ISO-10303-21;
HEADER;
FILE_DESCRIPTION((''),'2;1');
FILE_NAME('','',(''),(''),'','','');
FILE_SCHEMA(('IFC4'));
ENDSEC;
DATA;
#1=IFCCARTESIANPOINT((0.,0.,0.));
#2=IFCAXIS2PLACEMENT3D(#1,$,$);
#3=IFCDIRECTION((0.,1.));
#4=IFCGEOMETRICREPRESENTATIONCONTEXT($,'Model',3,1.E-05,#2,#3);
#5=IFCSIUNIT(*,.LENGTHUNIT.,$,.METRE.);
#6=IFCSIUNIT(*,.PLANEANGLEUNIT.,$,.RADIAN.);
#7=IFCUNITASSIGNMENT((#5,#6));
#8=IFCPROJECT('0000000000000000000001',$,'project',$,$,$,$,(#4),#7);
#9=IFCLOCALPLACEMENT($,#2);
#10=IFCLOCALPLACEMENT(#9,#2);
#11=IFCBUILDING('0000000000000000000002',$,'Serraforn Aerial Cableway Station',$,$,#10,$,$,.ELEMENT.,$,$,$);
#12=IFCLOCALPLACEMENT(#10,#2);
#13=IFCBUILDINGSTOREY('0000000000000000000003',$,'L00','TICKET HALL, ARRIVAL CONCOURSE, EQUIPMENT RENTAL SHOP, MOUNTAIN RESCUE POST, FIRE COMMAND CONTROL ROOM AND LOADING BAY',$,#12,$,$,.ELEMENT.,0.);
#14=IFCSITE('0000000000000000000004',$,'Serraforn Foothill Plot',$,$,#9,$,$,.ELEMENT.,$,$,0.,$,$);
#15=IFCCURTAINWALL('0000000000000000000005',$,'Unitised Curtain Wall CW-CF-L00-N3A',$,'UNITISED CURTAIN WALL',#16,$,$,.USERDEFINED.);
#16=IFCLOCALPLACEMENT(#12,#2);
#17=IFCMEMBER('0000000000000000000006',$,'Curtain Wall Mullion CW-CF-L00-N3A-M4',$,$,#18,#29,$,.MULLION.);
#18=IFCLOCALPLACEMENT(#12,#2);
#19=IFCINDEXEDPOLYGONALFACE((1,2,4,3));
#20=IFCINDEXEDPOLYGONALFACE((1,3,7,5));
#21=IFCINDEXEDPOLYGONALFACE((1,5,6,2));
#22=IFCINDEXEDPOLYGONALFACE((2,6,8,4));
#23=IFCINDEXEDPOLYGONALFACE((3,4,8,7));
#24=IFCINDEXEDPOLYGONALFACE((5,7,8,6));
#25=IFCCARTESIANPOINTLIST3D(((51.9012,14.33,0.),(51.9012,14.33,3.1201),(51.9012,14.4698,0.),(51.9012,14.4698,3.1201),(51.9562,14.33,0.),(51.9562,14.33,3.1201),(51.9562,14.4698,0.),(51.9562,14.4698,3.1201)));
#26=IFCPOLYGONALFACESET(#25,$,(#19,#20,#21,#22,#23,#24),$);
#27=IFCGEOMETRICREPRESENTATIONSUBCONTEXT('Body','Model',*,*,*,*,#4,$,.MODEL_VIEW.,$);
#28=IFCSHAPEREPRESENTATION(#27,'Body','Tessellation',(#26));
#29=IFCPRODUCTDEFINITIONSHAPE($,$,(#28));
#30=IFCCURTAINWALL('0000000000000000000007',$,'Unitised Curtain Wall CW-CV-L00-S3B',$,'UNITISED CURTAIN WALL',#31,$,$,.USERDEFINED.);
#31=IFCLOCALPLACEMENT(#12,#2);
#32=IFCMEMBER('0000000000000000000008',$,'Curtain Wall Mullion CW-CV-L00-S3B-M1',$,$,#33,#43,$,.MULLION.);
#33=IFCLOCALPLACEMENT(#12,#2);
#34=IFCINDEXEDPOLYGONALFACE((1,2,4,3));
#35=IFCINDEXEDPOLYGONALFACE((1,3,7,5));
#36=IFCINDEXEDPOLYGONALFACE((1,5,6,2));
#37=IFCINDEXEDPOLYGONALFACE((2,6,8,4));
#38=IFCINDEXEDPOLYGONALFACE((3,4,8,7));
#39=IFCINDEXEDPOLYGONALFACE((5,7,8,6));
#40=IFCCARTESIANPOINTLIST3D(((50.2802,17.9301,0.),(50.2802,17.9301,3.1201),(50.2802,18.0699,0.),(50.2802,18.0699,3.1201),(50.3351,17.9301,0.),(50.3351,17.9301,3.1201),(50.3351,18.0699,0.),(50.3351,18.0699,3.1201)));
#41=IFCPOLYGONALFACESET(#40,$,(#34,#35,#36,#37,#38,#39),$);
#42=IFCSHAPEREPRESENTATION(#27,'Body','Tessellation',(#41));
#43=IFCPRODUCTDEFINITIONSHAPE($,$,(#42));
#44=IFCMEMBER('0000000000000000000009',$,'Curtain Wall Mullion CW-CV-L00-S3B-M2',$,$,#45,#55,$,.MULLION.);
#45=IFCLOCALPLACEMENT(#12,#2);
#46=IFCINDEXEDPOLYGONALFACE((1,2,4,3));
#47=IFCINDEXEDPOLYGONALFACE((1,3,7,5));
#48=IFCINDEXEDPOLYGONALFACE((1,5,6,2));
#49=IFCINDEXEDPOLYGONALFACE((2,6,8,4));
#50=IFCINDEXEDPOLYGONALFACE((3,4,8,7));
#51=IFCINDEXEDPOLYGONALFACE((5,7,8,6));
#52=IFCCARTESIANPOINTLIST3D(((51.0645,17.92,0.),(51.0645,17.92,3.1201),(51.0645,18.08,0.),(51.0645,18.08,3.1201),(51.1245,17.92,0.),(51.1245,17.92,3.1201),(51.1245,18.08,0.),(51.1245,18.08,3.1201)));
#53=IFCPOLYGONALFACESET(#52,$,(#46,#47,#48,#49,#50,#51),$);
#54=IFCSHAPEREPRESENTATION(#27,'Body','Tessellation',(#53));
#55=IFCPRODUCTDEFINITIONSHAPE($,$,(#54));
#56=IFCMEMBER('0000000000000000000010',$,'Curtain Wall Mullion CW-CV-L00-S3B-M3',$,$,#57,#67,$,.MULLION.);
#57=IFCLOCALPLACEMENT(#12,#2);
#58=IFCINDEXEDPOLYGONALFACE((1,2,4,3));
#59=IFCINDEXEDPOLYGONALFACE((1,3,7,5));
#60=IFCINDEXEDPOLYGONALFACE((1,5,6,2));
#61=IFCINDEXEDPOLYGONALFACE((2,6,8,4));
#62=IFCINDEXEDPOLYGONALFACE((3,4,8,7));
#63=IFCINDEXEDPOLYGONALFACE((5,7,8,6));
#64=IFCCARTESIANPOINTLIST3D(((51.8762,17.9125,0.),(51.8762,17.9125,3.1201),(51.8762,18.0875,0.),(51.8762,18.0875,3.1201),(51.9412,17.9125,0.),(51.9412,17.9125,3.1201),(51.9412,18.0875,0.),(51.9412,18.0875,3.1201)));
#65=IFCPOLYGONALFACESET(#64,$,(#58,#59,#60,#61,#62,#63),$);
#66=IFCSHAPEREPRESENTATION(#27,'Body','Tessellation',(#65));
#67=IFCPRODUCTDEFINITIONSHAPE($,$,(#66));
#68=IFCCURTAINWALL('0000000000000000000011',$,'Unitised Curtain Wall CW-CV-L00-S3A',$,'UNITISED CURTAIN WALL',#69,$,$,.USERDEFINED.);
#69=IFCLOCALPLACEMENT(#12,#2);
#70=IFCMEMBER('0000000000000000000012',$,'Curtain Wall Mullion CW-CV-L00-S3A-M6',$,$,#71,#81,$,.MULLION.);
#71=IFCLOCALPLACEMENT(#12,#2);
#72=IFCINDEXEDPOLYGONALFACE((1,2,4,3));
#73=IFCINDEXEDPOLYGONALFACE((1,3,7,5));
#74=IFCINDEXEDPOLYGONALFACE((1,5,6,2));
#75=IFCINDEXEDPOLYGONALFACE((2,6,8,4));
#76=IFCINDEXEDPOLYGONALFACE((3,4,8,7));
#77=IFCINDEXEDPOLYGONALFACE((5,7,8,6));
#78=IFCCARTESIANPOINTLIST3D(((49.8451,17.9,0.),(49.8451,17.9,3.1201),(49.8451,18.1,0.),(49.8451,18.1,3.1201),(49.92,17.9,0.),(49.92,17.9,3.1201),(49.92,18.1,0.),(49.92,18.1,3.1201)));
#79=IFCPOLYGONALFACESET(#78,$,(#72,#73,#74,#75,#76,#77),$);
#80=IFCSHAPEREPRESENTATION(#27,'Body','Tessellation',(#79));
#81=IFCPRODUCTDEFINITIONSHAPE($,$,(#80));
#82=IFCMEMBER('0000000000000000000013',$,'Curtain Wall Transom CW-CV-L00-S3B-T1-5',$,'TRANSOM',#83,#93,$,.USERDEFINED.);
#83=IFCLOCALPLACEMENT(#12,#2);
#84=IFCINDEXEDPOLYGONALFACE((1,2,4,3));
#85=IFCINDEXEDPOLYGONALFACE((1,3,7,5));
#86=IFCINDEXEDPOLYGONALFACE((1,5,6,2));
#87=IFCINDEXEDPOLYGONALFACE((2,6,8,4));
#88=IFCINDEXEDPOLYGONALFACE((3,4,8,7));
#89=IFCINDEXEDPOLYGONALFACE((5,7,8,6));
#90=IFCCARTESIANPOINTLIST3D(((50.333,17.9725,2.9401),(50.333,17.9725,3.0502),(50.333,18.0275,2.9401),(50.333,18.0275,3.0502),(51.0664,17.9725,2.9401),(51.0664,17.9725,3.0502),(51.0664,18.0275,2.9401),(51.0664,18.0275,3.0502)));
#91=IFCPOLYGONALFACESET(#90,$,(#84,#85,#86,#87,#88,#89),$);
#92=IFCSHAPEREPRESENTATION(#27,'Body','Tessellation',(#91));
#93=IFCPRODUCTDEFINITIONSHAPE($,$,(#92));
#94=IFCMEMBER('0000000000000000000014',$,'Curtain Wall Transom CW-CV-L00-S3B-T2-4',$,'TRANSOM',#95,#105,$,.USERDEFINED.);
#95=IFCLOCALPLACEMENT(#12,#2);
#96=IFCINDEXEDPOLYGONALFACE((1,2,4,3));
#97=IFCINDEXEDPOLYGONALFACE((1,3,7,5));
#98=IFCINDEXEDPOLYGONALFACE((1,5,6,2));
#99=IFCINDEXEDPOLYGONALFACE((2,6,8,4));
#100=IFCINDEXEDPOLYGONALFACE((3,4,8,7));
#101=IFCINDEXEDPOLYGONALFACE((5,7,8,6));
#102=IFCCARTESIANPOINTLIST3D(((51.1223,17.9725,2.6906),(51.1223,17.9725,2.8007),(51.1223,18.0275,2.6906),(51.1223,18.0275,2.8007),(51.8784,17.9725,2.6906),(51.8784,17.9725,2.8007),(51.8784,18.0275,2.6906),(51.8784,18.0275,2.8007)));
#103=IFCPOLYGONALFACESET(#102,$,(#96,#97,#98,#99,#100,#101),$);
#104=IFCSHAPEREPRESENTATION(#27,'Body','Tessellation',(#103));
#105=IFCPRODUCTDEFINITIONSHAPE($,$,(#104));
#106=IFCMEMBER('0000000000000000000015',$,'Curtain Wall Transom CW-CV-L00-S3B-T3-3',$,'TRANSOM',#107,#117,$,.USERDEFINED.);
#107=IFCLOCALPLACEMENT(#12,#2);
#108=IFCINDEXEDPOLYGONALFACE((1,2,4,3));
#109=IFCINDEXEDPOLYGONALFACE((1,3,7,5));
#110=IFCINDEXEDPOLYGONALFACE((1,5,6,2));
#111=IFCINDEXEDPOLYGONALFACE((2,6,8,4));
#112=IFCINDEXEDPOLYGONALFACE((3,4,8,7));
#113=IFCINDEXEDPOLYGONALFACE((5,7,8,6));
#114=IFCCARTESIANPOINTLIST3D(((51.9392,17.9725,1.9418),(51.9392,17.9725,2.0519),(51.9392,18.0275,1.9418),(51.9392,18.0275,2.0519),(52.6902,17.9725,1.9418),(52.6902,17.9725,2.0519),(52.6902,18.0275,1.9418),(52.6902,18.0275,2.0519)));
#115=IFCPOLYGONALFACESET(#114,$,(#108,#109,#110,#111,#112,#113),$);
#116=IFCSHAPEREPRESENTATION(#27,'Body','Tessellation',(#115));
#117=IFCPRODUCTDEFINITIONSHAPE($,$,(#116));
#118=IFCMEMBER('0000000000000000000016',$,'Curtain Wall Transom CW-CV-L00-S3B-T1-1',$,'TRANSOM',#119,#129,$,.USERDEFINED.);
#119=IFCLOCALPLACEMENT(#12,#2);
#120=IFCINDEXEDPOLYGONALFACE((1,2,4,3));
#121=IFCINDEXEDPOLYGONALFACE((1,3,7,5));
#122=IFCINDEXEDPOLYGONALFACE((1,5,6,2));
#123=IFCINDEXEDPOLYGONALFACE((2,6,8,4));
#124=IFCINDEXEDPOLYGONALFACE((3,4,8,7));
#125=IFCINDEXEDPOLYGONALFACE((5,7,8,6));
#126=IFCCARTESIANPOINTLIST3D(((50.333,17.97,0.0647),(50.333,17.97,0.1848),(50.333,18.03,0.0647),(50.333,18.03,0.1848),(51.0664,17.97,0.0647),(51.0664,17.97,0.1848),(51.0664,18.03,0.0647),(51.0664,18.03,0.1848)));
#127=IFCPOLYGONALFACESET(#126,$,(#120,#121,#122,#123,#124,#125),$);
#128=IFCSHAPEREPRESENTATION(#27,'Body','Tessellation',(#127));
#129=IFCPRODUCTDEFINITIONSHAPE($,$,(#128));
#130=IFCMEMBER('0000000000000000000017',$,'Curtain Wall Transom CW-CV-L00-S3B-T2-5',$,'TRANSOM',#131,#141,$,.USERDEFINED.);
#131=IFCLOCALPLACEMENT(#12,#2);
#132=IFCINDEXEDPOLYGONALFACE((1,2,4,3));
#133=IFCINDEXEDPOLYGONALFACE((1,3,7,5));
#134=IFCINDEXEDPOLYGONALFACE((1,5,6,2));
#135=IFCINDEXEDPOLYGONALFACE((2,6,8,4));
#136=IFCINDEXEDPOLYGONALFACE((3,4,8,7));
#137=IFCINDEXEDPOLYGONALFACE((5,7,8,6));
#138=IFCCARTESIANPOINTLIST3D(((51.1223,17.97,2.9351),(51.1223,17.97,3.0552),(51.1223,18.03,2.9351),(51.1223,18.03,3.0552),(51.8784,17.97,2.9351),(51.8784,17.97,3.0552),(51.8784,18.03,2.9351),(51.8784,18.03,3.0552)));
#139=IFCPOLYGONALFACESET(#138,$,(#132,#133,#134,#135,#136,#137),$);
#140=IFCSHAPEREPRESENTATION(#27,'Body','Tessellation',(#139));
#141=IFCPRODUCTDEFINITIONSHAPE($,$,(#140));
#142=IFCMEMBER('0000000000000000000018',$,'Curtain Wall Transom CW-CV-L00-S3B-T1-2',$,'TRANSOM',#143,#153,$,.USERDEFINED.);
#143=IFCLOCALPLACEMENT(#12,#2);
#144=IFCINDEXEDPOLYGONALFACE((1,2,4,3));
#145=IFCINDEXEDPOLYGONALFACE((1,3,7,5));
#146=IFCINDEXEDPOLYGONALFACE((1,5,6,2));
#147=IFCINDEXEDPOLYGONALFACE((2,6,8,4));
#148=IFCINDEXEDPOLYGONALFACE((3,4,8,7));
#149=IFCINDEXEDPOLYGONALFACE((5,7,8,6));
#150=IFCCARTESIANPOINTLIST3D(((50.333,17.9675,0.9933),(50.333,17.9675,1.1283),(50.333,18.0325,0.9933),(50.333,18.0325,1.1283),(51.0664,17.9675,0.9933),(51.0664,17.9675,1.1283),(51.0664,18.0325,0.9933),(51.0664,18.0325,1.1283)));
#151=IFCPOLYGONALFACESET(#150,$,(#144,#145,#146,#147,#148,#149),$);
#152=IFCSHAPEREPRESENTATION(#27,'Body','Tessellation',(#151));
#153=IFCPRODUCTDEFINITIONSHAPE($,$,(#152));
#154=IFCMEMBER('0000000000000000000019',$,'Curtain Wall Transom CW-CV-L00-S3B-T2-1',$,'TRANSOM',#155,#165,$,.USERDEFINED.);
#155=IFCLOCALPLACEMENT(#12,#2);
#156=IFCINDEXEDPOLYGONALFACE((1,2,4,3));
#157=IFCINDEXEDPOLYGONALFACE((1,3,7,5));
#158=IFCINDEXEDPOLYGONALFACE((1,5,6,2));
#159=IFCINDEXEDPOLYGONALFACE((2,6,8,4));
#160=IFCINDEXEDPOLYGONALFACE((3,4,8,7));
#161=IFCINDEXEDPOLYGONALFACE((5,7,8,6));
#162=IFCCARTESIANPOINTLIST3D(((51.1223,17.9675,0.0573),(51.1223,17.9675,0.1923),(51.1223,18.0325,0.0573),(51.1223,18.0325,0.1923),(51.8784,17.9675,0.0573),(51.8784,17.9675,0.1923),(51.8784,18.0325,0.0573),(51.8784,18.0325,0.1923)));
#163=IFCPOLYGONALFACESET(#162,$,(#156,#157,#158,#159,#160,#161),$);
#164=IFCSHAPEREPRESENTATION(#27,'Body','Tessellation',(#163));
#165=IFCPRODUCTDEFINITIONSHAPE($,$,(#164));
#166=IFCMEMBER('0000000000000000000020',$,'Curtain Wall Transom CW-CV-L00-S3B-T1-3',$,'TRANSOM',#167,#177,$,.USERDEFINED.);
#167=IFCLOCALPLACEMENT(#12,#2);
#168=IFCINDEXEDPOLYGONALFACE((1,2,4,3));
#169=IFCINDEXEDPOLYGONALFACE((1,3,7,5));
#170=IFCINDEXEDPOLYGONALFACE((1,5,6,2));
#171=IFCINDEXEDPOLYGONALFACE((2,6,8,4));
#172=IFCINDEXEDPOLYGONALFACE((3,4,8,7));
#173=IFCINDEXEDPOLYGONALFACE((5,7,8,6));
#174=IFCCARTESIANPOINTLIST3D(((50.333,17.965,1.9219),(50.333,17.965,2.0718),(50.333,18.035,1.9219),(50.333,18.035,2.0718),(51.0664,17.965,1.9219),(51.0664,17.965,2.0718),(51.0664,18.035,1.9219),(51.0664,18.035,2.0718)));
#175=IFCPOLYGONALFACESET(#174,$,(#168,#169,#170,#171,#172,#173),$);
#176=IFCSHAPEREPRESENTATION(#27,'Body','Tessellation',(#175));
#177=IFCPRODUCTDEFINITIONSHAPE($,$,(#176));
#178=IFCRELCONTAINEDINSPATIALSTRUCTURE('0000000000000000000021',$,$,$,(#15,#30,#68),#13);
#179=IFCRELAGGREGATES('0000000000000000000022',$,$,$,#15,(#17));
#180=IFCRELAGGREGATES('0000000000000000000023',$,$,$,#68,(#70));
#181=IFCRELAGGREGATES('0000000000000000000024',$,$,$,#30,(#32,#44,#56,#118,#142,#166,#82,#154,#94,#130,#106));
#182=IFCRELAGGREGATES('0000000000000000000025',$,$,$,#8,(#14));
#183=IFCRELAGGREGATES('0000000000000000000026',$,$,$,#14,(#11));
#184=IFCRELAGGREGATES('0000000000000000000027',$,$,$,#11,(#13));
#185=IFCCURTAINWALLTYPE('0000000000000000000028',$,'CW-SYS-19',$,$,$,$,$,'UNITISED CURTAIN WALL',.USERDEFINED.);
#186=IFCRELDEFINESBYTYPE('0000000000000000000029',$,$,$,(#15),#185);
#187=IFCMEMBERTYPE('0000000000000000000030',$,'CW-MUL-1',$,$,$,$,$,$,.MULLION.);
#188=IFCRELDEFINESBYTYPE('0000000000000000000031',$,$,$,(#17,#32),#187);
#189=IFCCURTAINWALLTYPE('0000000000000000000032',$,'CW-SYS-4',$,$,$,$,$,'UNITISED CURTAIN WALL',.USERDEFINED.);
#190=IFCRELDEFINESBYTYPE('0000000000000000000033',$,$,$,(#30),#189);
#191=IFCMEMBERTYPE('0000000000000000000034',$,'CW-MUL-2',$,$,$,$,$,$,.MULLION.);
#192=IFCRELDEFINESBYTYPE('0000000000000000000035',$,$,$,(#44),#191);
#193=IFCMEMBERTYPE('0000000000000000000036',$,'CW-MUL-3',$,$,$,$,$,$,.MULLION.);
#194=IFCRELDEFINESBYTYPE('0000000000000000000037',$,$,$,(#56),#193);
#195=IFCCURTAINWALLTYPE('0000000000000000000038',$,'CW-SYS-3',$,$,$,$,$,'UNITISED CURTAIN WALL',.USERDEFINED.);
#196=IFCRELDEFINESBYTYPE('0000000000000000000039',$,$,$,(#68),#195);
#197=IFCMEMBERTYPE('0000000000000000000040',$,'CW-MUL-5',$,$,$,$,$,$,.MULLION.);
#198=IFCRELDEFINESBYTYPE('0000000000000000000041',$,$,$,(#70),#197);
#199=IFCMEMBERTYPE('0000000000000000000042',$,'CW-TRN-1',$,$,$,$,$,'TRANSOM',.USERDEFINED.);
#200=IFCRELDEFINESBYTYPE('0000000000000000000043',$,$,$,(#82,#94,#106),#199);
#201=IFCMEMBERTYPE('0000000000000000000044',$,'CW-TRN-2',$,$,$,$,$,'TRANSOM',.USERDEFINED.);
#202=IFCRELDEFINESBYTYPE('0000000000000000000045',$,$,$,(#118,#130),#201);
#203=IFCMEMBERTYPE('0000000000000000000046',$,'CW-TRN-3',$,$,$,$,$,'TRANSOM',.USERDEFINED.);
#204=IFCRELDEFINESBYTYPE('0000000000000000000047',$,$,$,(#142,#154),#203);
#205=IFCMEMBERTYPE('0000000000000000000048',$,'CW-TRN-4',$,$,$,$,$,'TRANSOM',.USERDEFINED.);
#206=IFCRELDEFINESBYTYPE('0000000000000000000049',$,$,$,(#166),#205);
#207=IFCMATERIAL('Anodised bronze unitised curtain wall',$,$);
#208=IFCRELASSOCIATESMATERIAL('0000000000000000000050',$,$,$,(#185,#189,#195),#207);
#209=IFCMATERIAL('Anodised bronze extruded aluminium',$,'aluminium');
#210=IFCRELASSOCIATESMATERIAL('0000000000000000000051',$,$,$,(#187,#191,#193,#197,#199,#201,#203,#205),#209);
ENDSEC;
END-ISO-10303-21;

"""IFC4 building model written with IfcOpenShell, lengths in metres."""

from ifc_helpers import new_model, si_unit, direction, frame, origin, origin_2d, place, context, subcontext, project, spatial, rectangle, extrude, material, material_profile, profile_set, type_object, element, aggregate, save


model = new_model("IFC4")

# Units and contexts
model_context = context("Model", 3, precision=1e-05, world=origin(), true_north=direction((0.0, 1.0)))
body_context = subcontext(model_context, "Body", "Model", "MODEL_VIEW")
ifc_project = project(units=[si_unit("LENGTHUNIT", "METRE"), si_unit("PLANEANGLEUNIT", "RADIAN")], contexts=[model_context])

# Site, building, storey
site_placement = place(None, origin())
site = spatial("IfcSite", under=ifc_project, at=site_placement, Name="Serraforn Foothill Plot", CompositionType="ELEMENT", RefElevation=0.0)
building_placement = place(site_placement, origin())
building = spatial("IfcBuilding", under=site, at=building_placement, Name="Serraforn Aerial Cableway Station", CompositionType="ELEMENT")
storey_placement = place(building_placement, origin())
storey = spatial("IfcBuildingStorey", under=building, at=storey_placement, Name="L00", Description="TICKET HALL, ARRIVAL CONCOURSE, EQUIPMENT RENTAL SHOP, MOUNTAIN RESCUE POST, FIRE COMMAND CONTROL ROOM AND LOADING BAY", CompositionType="ELEMENT", Elevation=0.0)

# Curtain wall, member
ifc_material_1 = material(Name="Anodised bronze unitised curtain wall")
curtain_wall_type_1 = type_object("IfcCurtainWallType", Name="CW-SYS-19", ElementType="UNITISED CURTAIN WALL", PredefinedType="USERDEFINED", material=ifc_material_1)
curtain_wall_1_placement = place(storey_placement, origin())
curtain_wall_1 = element("IfcCurtainWall", 1, at=curtain_wall_1_placement, inside=storey, type_object=curtain_wall_type_1, Name="Unitised Curtain Wall CW-CF-L00-N3A", ObjectType="UNITISED CURTAIN WALL", PredefinedType="USERDEFINED")
ifc_material_2 = material(Name="Anodised bronze extruded aluminium", Category="aluminium")
ifc_material_profile_1 = material_profile(ifc_material_2, rectangle(XDim=0.0549, YDim=0.1399, at=origin_2d()), Name="CW MULLION 55x140")
ifc_profile_set_1 = profile_set([ifc_material_profile_1], Name="Anodised bronze extruded aluminium")
member_type_1 = type_object("IfcMemberType", Name="CW-MUL-1", PredefinedType="MULLION", material=ifc_profile_set_1)
member_1_placement = place(storey_placement, frame((51.9287, 14.3999, 0.0), z_axis=(0.0, 0.0, 1.0), x_axis=(-1.0, 0.0, 0.0)))
member_1 = element("IfcMember", 2, at=member_1_placement, type_object=member_type_1, Name="Curtain Wall Mullion CW-CF-L00-N3A-M4", PredefinedType="MULLION", context=body_context, shape_type="SweptSolid", body=[
    extrude(rectangle(XDim=0.0549, YDim=0.1399, at=origin_2d()), origin(), (0.0, 0.0, 1.0), 3.1201),
])
aggregate(curtain_wall_1, [member_1])

# Curtain wall, members
curtain_wall_type_2 = type_object("IfcCurtainWallType", Name="CW-SYS-4", ElementType="UNITISED CURTAIN WALL", PredefinedType="USERDEFINED", material=ifc_material_1)
curtain_wall_2_placement = place(storey_placement, origin())
curtain_wall_2 = element("IfcCurtainWall", 3, at=curtain_wall_2_placement, inside=storey, type_object=curtain_wall_type_2, Name="Unitised Curtain Wall CW-CV-L00-S3B", ObjectType="UNITISED CURTAIN WALL", PredefinedType="USERDEFINED")
member_2_placement = place(storey_placement, frame((50.3076, 18.0, 0.0), z_axis=(0.0, 0.0, 1.0), x_axis=(1.0, 0.0, 0.0)))
member_2 = element("IfcMember", 4, at=member_2_placement, type_object=member_type_1, Name="Curtain Wall Mullion CW-CV-L00-S3B-M1", PredefinedType="MULLION", context=body_context, shape_type="SweptSolid", body=[
    extrude(rectangle(XDim=0.0549, YDim=0.1399, at=origin_2d()), origin(), (0.0, 0.0, 1.0), 3.1201),
])
ifc_material_profile_2 = material_profile(ifc_material_2, rectangle(XDim=0.0601, YDim=0.1599, at=origin_2d()), Name="CW MULLION 60x160")
ifc_profile_set_2 = profile_set([ifc_material_profile_2], Name="Anodised bronze extruded aluminium")
member_type_2 = type_object("IfcMemberType", Name="CW-MUL-2", PredefinedType="MULLION", material=ifc_profile_set_2)
member_3_placement = place(storey_placement, frame((51.0945, 18.0, 0.0), z_axis=(0.0, 0.0, 1.0), x_axis=(1.0, 0.0, 0.0)))
member_3 = element("IfcMember", 5, at=member_3_placement, type_object=member_type_2, Name="Curtain Wall Mullion CW-CV-L00-S3B-M2", PredefinedType="MULLION", context=body_context, shape_type="SweptSolid", body=[
    extrude(rectangle(XDim=0.0601, YDim=0.1599, at=origin_2d()), origin(), (0.0, 0.0, 1.0), 3.1201),
])
ifc_material_profile_3 = material_profile(ifc_material_2, rectangle(XDim=0.0649, YDim=0.175, at=origin_2d()), Name="CW MULLION 65x175")
ifc_profile_set_3 = profile_set([ifc_material_profile_3], Name="Anodised bronze extruded aluminium")
member_type_3 = type_object("IfcMemberType", Name="CW-MUL-3", PredefinedType="MULLION", material=ifc_profile_set_3)
member_4_placement = place(storey_placement, frame((51.9087, 18.0, 0.0), z_axis=(0.0, 0.0, 1.0), x_axis=(1.0, 0.0, 0.0)))
member_4 = element("IfcMember", 6, at=member_4_placement, type_object=member_type_3, Name="Curtain Wall Mullion CW-CV-L00-S3B-M3", PredefinedType="MULLION", context=body_context, shape_type="SweptSolid", body=[
    extrude(rectangle(XDim=0.0649, YDim=0.175, at=origin_2d()), origin(), (0.0, 0.0, 1.0), 3.1201),
])

# Curtain wall, member
curtain_wall_type_3 = type_object("IfcCurtainWallType", Name="CW-SYS-3", ElementType="UNITISED CURTAIN WALL", PredefinedType="USERDEFINED", material=ifc_material_1)
curtain_wall_3_placement = place(storey_placement, origin())
curtain_wall_3 = element("IfcCurtainWall", 7, at=curtain_wall_3_placement, inside=storey, type_object=curtain_wall_type_3, Name="Unitised Curtain Wall CW-CV-L00-S3A", ObjectType="UNITISED CURTAIN WALL", PredefinedType="USERDEFINED")
ifc_material_profile_4 = material_profile(ifc_material_2, rectangle(XDim=0.075, YDim=0.2, at=origin_2d()), Name="CW MULLION 75x200")
ifc_profile_set_4 = profile_set([ifc_material_profile_4], Name="Anodised bronze extruded aluminium")
member_type_4 = type_object("IfcMemberType", Name="CW-MUL-5", PredefinedType="MULLION", material=ifc_profile_set_4)
member_5_placement = place(storey_placement, frame((49.8826, 18.0, 0.0), z_axis=(0.0, 0.0, 1.0), x_axis=(1.0, 0.0, 0.0)))
member_5 = element("IfcMember", 8, at=member_5_placement, type_object=member_type_4, Name="Curtain Wall Mullion CW-CV-L00-S3A-M6", PredefinedType="MULLION", context=body_context, shape_type="SweptSolid", body=[
    extrude(rectangle(XDim=0.075, YDim=0.2, at=origin_2d()), origin(), (0.0, 0.0, 1.0), 3.1201),
])

# Members
ifc_material_profile_5 = material_profile(ifc_material_2, rectangle(XDim=0.0549, YDim=0.1101, at=origin_2d()), Name="CW TRANSOM 55x110")
ifc_profile_set_5 = profile_set([ifc_material_profile_5], Name="Anodised bronze extruded aluminium")
member_type_5 = type_object("IfcMemberType", Name="CW-TRN-1", ElementType="TRANSOM", PredefinedType="USERDEFINED", material=ifc_profile_set_5)
member_6_placement = place(storey_placement, frame((50.333, 18.0, 2.9951), z_axis=(1.0, 0.0, 0.0), x_axis=(0.0, 1.0, 0.0)))
member_6 = element("IfcMember", 9, at=member_6_placement, type_object=member_type_5, Name="Curtain Wall Transom CW-CV-L00-S3B-T1-5", ObjectType="TRANSOM", PredefinedType="USERDEFINED", context=body_context, shape_type="SweptSolid", body=[
    extrude(rectangle(XDim=0.0549, YDim=0.1101, at=origin_2d()), origin(), (0.0, 0.0, 1.0), 0.7334),
])
member_7_placement = place(storey_placement, frame((51.1223, 18.0, 2.7456), z_axis=(1.0, 0.0, 0.0), x_axis=(0.0, 1.0, 0.0)))
member_7 = element("IfcMember", 10, at=member_7_placement, type_object=member_type_5, Name="Curtain Wall Transom CW-CV-L00-S3B-T2-4", ObjectType="TRANSOM", PredefinedType="USERDEFINED", context=body_context, shape_type="SweptSolid", body=[
    extrude(rectangle(XDim=0.0549, YDim=0.1101, at=origin_2d()), origin(), (0.0, 0.0, 1.0), 0.7561),
])
member_8_placement = place(storey_placement, frame((51.9392, 18.0, 1.9968), z_axis=(1.0, 0.0, 0.0), x_axis=(0.0, 1.0, 0.0)))
member_8 = element("IfcMember", 11, at=member_8_placement, type_object=member_type_5, Name="Curtain Wall Transom CW-CV-L00-S3B-T3-3", ObjectType="TRANSOM", PredefinedType="USERDEFINED", context=body_context, shape_type="SweptSolid", body=[
    extrude(rectangle(XDim=0.0549, YDim=0.1101, at=origin_2d()), origin(), (0.0, 0.0, 1.0), 0.751),
])
ifc_material_profile_6 = material_profile(ifc_material_2, rectangle(XDim=0.0601, YDim=0.1201, at=origin_2d()), Name="CW TRANSOM 60x120")
ifc_profile_set_6 = profile_set([ifc_material_profile_6], Name="Anodised bronze extruded aluminium")
member_type_6 = type_object("IfcMemberType", Name="CW-TRN-2", ElementType="TRANSOM", PredefinedType="USERDEFINED", material=ifc_profile_set_6)
member_9_placement = place(storey_placement, frame((50.333, 18.0, 0.1248), z_axis=(1.0, 0.0, 0.0), x_axis=(0.0, 1.0, 0.0)))
member_9 = element("IfcMember", 12, at=member_9_placement, type_object=member_type_6, Name="Curtain Wall Transom CW-CV-L00-S3B-T1-1", ObjectType="TRANSOM", PredefinedType="USERDEFINED", context=body_context, shape_type="SweptSolid", body=[
    extrude(rectangle(XDim=0.0601, YDim=0.1201, at=origin_2d()), origin(), (0.0, 0.0, 1.0), 0.7334),
])
member_10_placement = place(storey_placement, frame((51.1223, 18.0, 2.9951), z_axis=(1.0, 0.0, 0.0), x_axis=(0.0, 1.0, 0.0)))
member_10 = element("IfcMember", 13, at=member_10_placement, type_object=member_type_6, Name="Curtain Wall Transom CW-CV-L00-S3B-T2-5", ObjectType="TRANSOM", PredefinedType="USERDEFINED", context=body_context, shape_type="SweptSolid", body=[
    extrude(rectangle(XDim=0.0601, YDim=0.1201, at=origin_2d()), origin(), (0.0, 0.0, 1.0), 0.7561),
])
ifc_material_profile_7 = material_profile(ifc_material_2, rectangle(XDim=0.0649, YDim=0.135, at=origin_2d()), Name="CW TRANSOM 65x135")
ifc_profile_set_7 = profile_set([ifc_material_profile_7], Name="Anodised bronze extruded aluminium")
member_type_7 = type_object("IfcMemberType", Name="CW-TRN-3", ElementType="TRANSOM", PredefinedType="USERDEFINED", material=ifc_profile_set_7)
member_11_placement = place(storey_placement, frame((50.333, 18.0, 1.0608), z_axis=(1.0, 0.0, 0.0), x_axis=(0.0, 1.0, 0.0)))
member_11 = element("IfcMember", 14, at=member_11_placement, type_object=member_type_7, Name="Curtain Wall Transom CW-CV-L00-S3B-T1-2", ObjectType="TRANSOM", PredefinedType="USERDEFINED", context=body_context, shape_type="SweptSolid", body=[
    extrude(rectangle(XDim=0.0649, YDim=0.135, at=origin_2d()), origin(), (0.0, 0.0, 1.0), 0.7334),
])
member_12_placement = place(storey_placement, frame((51.1223, 18.0, 0.1248), z_axis=(1.0, 0.0, 0.0), x_axis=(0.0, 1.0, 0.0)))
member_12 = element("IfcMember", 15, at=member_12_placement, type_object=member_type_7, Name="Curtain Wall Transom CW-CV-L00-S3B-T2-1", ObjectType="TRANSOM", PredefinedType="USERDEFINED", context=body_context, shape_type="SweptSolid", body=[
    extrude(rectangle(XDim=0.0649, YDim=0.135, at=origin_2d()), origin(), (0.0, 0.0, 1.0), 0.7561),
])
ifc_material_profile_8 = material_profile(ifc_material_2, rectangle(XDim=0.0701, YDim=0.1499, at=origin_2d()), Name="CW TRANSOM 70x150")
ifc_profile_set_8 = profile_set([ifc_material_profile_8], Name="Anodised bronze extruded aluminium")
member_type_8 = type_object("IfcMemberType", Name="CW-TRN-4", ElementType="TRANSOM", PredefinedType="USERDEFINED", material=ifc_profile_set_8)
member_13_placement = place(storey_placement, frame((50.333, 18.0, 1.9968), z_axis=(1.0, 0.0, 0.0), x_axis=(0.0, 1.0, 0.0)))
member_13 = element("IfcMember", 16, at=member_13_placement, type_object=member_type_8, Name="Curtain Wall Transom CW-CV-L00-S3B-T1-3", ObjectType="TRANSOM", PredefinedType="USERDEFINED", context=body_context, shape_type="SweptSolid", body=[
    extrude(rectangle(XDim=0.0701, YDim=0.1499, at=origin_2d()), origin(), (0.0, 0.0, 1.0), 0.7334),
])

aggregate(curtain_wall_3, [member_5])
aggregate(curtain_wall_2, [member_2, member_3, member_4, member_9, member_11, member_13, member_6, member_12, member_7, member_10, member_8])

save(model, "model.ifc")
